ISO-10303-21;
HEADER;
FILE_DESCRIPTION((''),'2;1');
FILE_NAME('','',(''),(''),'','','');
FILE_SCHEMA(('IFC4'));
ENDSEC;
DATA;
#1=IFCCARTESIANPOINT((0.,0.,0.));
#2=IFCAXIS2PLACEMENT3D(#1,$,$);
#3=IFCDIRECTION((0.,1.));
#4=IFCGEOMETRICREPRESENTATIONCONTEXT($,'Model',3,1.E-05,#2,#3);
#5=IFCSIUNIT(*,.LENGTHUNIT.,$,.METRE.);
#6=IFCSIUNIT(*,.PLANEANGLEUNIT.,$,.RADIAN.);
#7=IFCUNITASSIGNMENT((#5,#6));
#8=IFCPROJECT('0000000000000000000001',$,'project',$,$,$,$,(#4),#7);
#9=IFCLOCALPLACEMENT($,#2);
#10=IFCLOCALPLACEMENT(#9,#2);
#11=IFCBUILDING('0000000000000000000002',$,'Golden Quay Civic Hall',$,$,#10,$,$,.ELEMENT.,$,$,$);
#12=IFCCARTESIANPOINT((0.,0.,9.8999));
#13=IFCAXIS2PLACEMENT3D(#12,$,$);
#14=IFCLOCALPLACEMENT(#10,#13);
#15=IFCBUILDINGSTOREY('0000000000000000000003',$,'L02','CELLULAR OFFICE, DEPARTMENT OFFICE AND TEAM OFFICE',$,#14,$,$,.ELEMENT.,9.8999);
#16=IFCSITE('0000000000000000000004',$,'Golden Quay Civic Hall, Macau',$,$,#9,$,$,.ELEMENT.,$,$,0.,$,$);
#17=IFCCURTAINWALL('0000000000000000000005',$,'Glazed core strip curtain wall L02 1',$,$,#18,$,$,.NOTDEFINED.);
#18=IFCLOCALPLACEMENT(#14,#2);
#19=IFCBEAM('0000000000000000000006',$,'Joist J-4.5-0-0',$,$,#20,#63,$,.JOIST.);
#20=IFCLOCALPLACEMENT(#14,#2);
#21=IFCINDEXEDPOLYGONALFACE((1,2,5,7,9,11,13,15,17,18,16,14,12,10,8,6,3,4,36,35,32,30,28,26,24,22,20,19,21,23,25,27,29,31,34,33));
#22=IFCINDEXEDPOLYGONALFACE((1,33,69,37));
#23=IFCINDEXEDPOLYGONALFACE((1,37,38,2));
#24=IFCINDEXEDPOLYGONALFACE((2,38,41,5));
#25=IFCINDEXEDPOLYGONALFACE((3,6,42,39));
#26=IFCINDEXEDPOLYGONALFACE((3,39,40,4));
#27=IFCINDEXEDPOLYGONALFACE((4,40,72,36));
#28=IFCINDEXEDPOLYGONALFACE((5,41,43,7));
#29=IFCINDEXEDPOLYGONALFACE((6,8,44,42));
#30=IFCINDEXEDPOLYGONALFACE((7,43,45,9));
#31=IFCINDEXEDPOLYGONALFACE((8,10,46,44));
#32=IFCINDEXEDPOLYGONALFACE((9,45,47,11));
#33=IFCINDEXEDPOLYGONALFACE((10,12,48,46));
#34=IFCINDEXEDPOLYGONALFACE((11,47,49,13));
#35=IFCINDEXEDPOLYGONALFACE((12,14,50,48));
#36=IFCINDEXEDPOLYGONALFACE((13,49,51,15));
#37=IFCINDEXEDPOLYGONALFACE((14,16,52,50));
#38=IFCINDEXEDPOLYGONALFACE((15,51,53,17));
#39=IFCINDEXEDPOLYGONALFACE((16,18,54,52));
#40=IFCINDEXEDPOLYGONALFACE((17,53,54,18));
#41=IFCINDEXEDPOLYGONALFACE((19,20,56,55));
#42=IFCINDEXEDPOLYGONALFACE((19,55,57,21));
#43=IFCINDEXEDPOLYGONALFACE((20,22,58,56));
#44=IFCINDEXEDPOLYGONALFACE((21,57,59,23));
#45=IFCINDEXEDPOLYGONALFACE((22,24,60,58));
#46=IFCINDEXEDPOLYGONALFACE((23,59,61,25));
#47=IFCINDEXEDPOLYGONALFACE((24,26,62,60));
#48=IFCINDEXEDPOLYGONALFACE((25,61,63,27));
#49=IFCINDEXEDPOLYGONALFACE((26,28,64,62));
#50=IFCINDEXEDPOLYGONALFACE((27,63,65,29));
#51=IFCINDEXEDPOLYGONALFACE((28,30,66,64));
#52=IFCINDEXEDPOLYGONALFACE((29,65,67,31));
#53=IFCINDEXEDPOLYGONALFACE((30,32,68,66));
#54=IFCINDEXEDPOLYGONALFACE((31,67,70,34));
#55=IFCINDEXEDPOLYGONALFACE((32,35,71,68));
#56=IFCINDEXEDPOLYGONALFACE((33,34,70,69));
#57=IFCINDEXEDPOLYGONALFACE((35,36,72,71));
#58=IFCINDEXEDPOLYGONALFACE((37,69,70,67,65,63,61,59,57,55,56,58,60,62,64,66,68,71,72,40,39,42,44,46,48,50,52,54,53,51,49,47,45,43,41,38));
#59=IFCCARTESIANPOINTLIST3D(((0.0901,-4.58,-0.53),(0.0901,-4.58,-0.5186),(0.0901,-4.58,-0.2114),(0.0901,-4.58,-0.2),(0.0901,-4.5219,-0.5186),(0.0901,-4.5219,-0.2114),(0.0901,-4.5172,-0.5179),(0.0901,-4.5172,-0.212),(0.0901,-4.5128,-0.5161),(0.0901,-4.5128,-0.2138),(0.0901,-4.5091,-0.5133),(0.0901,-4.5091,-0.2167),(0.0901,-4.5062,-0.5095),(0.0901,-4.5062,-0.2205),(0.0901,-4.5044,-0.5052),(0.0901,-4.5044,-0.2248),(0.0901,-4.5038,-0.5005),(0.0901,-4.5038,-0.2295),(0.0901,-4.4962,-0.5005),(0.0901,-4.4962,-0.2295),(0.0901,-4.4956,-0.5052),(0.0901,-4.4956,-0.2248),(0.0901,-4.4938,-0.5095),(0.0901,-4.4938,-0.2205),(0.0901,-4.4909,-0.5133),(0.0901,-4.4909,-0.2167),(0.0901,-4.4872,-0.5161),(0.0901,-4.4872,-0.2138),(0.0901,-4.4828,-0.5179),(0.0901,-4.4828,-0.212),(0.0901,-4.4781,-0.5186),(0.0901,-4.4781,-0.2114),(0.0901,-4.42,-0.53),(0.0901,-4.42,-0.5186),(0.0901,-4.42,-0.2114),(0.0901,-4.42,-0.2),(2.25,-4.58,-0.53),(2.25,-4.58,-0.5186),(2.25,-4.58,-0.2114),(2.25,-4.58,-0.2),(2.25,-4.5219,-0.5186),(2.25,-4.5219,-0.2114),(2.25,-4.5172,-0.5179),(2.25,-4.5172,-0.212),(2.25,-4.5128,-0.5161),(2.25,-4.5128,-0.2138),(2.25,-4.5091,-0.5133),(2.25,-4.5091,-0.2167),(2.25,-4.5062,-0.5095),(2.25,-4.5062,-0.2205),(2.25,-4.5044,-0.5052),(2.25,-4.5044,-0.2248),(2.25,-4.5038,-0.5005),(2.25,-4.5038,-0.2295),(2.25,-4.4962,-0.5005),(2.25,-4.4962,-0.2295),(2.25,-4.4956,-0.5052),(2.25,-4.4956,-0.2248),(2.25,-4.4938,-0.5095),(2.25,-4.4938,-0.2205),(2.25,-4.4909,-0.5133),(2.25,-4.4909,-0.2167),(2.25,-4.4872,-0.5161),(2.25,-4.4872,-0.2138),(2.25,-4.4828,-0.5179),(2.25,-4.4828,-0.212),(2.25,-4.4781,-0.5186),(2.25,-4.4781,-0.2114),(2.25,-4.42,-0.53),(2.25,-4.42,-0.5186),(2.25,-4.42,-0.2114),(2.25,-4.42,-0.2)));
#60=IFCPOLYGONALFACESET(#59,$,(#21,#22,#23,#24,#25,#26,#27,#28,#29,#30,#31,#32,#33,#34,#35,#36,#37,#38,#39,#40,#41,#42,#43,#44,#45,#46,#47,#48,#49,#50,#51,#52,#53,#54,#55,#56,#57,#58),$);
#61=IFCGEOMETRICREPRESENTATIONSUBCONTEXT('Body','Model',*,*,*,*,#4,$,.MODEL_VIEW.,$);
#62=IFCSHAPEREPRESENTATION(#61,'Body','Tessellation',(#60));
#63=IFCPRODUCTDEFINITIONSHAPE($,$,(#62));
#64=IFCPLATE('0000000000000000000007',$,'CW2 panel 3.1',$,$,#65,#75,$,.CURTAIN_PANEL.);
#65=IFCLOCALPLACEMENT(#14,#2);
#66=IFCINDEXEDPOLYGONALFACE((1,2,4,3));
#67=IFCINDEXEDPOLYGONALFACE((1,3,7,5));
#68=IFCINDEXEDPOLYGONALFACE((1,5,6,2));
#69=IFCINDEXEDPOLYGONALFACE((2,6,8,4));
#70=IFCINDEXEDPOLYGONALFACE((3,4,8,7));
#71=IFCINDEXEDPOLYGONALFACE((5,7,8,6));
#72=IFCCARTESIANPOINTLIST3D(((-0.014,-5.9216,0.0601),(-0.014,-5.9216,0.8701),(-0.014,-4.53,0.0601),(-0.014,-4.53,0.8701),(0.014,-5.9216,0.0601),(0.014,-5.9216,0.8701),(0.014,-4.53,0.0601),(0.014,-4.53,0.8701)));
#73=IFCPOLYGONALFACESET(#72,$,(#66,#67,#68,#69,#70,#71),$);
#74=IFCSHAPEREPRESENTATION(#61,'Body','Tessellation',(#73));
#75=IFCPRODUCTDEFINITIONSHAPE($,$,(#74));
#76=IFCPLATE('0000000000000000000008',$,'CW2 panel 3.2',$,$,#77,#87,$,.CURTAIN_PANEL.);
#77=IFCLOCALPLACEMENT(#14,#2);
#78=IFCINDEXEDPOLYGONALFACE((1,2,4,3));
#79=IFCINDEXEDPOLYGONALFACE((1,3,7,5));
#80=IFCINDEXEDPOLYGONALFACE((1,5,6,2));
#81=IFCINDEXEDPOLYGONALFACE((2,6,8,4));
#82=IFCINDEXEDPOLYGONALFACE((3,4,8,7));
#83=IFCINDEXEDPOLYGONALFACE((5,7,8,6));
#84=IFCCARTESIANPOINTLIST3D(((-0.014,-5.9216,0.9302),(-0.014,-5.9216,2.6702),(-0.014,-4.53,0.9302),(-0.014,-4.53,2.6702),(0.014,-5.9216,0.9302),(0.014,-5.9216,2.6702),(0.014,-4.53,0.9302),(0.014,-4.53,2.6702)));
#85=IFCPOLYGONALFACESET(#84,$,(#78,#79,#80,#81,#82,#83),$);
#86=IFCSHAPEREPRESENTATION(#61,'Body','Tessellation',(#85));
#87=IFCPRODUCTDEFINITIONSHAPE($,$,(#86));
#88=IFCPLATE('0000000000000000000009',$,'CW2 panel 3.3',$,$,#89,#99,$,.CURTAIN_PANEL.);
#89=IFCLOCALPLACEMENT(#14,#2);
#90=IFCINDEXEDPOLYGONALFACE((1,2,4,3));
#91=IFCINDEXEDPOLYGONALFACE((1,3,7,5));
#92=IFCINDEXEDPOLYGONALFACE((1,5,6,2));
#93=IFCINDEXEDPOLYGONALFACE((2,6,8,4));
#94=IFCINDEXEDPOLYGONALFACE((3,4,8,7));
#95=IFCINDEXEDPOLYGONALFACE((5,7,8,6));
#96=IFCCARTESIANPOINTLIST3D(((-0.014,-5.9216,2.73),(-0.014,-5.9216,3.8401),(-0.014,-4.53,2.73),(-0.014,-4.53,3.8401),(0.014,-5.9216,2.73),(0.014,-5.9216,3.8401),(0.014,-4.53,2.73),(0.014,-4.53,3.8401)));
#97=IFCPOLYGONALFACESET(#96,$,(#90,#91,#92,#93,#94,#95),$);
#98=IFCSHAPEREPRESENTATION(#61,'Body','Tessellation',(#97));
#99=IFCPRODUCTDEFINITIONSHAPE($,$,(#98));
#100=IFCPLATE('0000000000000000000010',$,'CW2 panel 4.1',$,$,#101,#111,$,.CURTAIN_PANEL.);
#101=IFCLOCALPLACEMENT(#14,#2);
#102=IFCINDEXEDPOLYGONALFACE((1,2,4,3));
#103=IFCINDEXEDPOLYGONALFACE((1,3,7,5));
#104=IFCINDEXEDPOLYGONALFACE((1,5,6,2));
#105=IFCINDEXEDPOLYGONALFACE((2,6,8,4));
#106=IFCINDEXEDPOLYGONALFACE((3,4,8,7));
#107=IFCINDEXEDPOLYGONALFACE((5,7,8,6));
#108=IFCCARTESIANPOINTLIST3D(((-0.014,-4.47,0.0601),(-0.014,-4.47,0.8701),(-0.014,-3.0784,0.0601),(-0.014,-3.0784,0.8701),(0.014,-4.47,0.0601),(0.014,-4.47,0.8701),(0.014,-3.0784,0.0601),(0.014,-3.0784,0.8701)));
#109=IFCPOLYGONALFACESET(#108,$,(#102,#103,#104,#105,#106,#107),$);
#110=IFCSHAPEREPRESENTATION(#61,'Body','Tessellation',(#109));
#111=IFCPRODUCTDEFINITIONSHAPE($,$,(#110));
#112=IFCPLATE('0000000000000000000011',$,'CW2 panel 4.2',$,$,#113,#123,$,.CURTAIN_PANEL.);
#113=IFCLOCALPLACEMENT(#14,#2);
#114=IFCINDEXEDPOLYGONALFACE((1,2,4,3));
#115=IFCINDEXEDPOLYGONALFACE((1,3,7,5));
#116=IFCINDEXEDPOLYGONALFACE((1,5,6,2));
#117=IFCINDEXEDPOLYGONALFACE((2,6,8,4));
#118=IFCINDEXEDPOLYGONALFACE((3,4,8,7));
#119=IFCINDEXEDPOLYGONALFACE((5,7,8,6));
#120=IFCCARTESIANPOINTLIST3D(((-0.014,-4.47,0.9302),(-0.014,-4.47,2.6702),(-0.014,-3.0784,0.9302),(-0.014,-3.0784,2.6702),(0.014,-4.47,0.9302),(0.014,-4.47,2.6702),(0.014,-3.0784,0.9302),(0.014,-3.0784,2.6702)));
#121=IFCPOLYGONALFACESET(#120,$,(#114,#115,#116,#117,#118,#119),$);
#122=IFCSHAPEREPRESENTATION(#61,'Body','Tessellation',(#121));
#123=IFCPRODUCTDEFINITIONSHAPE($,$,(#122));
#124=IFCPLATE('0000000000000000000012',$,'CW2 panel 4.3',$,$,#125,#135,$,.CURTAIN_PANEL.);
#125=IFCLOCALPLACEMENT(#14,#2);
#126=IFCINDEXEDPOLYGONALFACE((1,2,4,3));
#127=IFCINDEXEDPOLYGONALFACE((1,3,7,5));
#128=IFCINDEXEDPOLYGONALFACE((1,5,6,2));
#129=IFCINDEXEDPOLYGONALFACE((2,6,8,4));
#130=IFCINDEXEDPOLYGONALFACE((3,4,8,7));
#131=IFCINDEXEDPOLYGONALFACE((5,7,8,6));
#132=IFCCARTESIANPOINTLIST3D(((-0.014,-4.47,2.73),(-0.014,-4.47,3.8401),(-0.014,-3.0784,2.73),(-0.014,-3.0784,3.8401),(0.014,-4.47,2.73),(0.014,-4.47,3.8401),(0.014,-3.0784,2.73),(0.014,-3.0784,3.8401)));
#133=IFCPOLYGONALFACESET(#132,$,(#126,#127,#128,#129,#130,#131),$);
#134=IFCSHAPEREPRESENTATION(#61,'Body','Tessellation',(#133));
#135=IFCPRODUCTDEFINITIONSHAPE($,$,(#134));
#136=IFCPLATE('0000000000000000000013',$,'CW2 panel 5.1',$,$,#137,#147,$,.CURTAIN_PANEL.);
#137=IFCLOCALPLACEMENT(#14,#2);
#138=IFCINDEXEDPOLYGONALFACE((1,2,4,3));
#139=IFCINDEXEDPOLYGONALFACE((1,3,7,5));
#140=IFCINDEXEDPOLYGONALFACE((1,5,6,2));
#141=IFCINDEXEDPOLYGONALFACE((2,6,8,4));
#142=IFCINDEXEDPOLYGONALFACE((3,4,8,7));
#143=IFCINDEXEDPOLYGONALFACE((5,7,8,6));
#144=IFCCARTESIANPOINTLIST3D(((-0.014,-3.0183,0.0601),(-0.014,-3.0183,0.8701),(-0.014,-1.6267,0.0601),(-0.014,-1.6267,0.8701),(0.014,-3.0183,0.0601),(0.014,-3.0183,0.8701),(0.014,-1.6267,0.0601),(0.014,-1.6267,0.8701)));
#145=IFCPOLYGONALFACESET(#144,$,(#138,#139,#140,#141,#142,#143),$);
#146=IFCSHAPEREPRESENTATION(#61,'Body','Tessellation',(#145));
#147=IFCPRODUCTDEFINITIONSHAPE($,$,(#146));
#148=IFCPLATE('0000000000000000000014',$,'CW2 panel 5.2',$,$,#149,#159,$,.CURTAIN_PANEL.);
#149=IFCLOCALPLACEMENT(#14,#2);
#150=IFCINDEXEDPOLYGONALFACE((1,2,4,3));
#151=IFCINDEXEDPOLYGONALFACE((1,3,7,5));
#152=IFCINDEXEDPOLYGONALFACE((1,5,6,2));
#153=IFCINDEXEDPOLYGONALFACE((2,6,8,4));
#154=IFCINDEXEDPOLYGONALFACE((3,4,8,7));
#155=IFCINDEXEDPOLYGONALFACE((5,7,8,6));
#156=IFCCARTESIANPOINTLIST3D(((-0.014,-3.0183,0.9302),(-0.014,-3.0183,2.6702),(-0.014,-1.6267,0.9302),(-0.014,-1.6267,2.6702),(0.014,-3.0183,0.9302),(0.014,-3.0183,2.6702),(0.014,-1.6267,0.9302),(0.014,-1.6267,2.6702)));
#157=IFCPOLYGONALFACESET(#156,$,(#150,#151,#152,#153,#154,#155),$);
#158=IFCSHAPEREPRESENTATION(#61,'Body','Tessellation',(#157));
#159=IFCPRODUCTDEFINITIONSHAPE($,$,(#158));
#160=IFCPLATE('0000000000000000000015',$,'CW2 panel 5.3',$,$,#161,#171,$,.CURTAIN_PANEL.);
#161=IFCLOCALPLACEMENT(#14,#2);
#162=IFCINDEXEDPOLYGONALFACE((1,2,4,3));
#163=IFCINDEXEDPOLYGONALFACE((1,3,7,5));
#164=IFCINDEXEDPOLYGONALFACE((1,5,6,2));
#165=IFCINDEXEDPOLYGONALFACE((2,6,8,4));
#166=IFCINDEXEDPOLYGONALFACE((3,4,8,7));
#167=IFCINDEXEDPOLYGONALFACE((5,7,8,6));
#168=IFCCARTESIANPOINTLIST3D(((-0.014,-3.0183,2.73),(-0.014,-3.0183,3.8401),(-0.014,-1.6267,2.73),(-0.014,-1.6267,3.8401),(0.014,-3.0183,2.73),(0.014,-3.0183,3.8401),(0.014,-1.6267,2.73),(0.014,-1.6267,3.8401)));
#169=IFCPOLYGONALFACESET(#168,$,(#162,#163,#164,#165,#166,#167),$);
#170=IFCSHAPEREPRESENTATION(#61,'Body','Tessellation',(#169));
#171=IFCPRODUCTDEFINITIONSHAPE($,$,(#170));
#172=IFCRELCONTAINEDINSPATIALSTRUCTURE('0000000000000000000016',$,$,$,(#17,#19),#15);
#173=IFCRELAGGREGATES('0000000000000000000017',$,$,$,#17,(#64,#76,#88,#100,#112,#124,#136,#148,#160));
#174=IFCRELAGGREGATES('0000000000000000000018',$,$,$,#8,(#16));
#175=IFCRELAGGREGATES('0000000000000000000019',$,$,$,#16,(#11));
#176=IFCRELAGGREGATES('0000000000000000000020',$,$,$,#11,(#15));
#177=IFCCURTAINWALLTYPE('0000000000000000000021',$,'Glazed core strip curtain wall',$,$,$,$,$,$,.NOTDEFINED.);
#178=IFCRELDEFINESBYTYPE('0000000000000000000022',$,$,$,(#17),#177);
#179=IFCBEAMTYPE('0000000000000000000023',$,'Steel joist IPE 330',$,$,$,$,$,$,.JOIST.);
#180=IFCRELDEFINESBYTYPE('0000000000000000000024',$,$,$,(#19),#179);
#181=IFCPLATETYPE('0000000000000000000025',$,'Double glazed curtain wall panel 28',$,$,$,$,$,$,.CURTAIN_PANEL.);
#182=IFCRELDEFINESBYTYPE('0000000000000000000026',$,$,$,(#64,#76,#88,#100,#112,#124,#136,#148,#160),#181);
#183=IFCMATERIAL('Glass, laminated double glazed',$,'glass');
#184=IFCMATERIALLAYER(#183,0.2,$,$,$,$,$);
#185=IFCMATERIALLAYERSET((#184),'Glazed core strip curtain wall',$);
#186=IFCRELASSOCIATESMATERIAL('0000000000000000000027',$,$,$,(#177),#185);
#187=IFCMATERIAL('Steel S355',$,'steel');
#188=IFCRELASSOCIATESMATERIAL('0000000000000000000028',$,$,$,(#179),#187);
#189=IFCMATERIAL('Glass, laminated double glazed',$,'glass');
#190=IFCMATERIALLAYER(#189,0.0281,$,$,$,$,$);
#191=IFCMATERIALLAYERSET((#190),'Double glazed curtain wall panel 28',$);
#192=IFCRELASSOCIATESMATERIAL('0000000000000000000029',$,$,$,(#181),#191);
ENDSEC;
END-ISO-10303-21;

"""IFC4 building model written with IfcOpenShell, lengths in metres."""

from ifc_helpers import new_model, si_unit, direction, frame, origin, origin_2d, place, context, subcontext, project, spatial, rectangle, i_section, extrude, material, layer, layer_set, material_profile, profile_set, type_object, element, aggregate, save


model = new_model("IFC4")

# Units and contexts
model_context = context("Model", 3, precision=1e-05, world=origin(), true_north=direction((0.0, 1.0)))
body_context = subcontext(model_context, "Body", "Model", "MODEL_VIEW")
ifc_project = project(units=[si_unit("LENGTHUNIT", "METRE"), si_unit("PLANEANGLEUNIT", "RADIAN")], contexts=[model_context])

# Site, building, storey
site_placement = place(None, origin())
site = spatial("IfcSite", under=ifc_project, at=site_placement, Name="Golden Quay Civic Hall, Macau", CompositionType="ELEMENT", RefElevation=0.0)
building_placement = place(site_placement, origin())
building = spatial("IfcBuilding", under=site, at=building_placement, Name="Golden Quay Civic Hall", CompositionType="ELEMENT")
storey_placement = place(building_placement, frame((0.0, 0.0, 9.8999)))
storey = spatial("IfcBuildingStorey", under=building, at=storey_placement, Name="L02", Description="CELLULAR OFFICE, DEPARTMENT OFFICE AND TEAM OFFICE", CompositionType="ELEMENT", Elevation=9.8999)

# Curtain wall
ifc_material_1 = material(Name="Glass, laminated double glazed", Category="glass")
ifc_layer_1 = layer(ifc_material_1, 0.2)
ifc_layer_set_1 = layer_set([ifc_layer_1], Name="Glazed core strip curtain wall")
curtain_wall_type = type_object("IfcCurtainWallType", Name="Glazed core strip curtain wall", PredefinedType="NOTDEFINED", material=ifc_layer_set_1)
curtain_wall_placement = place(storey_placement, origin())
curtain_wall = element("IfcCurtainWall", 1, at=curtain_wall_placement, inside=storey, type_object=curtain_wall_type, Name="Glazed core strip curtain wall L02 1", PredefinedType="NOTDEFINED")

# Beam
ifc_material_2 = material(Name="Steel S355", Category="steel")
ifc_material_profile_1 = material_profile(ifc_material_2, i_section(OverallWidth=0.1599, OverallDepth=0.3301, WebThickness=0.0076, FlangeThickness=0.0115, FilletRadius=0.0181, at=origin_2d()), Name="IPE 330")
ifc_profile_set_1 = profile_set([ifc_material_profile_1], Name="Steel S355")
beam_type = type_object("IfcBeamType", Name="Steel joist IPE 330", PredefinedType="JOIST", material=ifc_profile_set_1)
beam_placement = place(storey_placement, frame((0.0901, -4.5, -0.365), z_axis=(1.0, 0.0, 0.0), x_axis=(0.0, 1.0, 0.0)))
element("IfcBeam", 2, at=beam_placement, inside=storey, type_object=beam_type, Name="Joist J-4.5-0-0", PredefinedType="JOIST", context=body_context, shape_type="SweptSolid", body=[
    extrude(i_section(OverallWidth=0.1599, OverallDepth=0.3301, WebThickness=0.0076, FlangeThickness=0.0115, FilletRadius=0.0181, at=origin_2d()), origin(), (0.0, 0.0, 1.0), 2.1599),
])

# Plates
ifc_material_3 = material(Name="Glass, laminated double glazed", Category="glass")
ifc_layer_2 = layer(ifc_material_3, 0.0281)
ifc_layer_set_2 = layer_set([ifc_layer_2], Name="Double glazed curtain wall panel 28")
plate_type = type_object("IfcPlateType", Name="Double glazed curtain wall panel 28", PredefinedType="CURTAIN_PANEL", material=ifc_layer_set_2)
plate_1_placement = place(storey_placement, frame((0.0, -5.2258, 0.0601), z_axis=(0.0, 0.0, 1.0), x_axis=(0.0, 1.0, 0.0)))
plate_1 = element("IfcPlate", 3, at=plate_1_placement, type_object=plate_type, Name="CW2 panel 3.1", PredefinedType="CURTAIN_PANEL", context=body_context, shape_type="SweptSolid", body=[
    extrude(rectangle(XDim=1.3916, YDim=0.0281, at=origin_2d()), origin(), (0.0, 0.0, 1.0), 0.8101),
])
plate_2_placement = place(storey_placement, frame((0.0, -5.2258, 0.9302), z_axis=(0.0, 0.0, 1.0), x_axis=(0.0, 1.0, 0.0)))
plate_2 = element("IfcPlate", 4, at=plate_2_placement, type_object=plate_type, Name="CW2 panel 3.2", PredefinedType="CURTAIN_PANEL", context=body_context, shape_type="SweptSolid", body=[
    extrude(rectangle(XDim=1.3916, YDim=0.0281, at=origin_2d()), origin(), (0.0, 0.0, 1.0), 1.74),
])
plate_3_placement = place(storey_placement, frame((0.0, -5.2258, 2.73), z_axis=(0.0, 0.0, 1.0), x_axis=(0.0, 1.0, 0.0)))
plate_3 = element("IfcPlate", 5, at=plate_3_placement, type_object=plate_type, Name="CW2 panel 3.3", PredefinedType="CURTAIN_PANEL", context=body_context, shape_type="SweptSolid", body=[
    extrude(rectangle(XDim=1.3916, YDim=0.0281, at=origin_2d()), origin(), (0.0, 0.0, 1.0), 1.1101),
])
plate_4_placement = place(storey_placement, frame((0.0, -3.7742, 0.0601), z_axis=(0.0, 0.0, 1.0), x_axis=(0.0, 1.0, 0.0)))
plate_4 = element("IfcPlate", 6, at=plate_4_placement, type_object=plate_type, Name="CW2 panel 4.1", PredefinedType="CURTAIN_PANEL", context=body_context, shape_type="SweptSolid", body=[
    extrude(rectangle(XDim=1.3916, YDim=0.0281, at=origin_2d()), origin(), (0.0, 0.0, 1.0), 0.8101),
])
plate_5_placement = place(storey_placement, frame((0.0, -3.7742, 0.9302), z_axis=(0.0, 0.0, 1.0), x_axis=(0.0, 1.0, 0.0)))
plate_5 = element("IfcPlate", 7, at=plate_5_placement, type_object=plate_type, Name="CW2 panel 4.2", PredefinedType="CURTAIN_PANEL", context=body_context, shape_type="SweptSolid", body=[
    extrude(rectangle(XDim=1.3916, YDim=0.0281, at=origin_2d()), origin(), (0.0, 0.0, 1.0), 1.74),
])
plate_6_placement = place(storey_placement, frame((0.0, -3.7742, 2.73), z_axis=(0.0, 0.0, 1.0), x_axis=(0.0, 1.0, 0.0)))
plate_6 = element("IfcPlate", 8, at=plate_6_placement, type_object=plate_type, Name="CW2 panel 4.3", PredefinedType="CURTAIN_PANEL", context=body_context, shape_type="SweptSolid", body=[
    extrude(rectangle(XDim=1.3916, YDim=0.0281, at=origin_2d()), origin(), (0.0, 0.0, 1.0), 1.1101),
])
plate_7_placement = place(storey_placement, frame((0.0, -2.3225, 0.0601), z_axis=(0.0, 0.0, 1.0), x_axis=(0.0, 1.0, 0.0)))
plate_7 = element("IfcPlate", 9, at=plate_7_placement, type_object=plate_type, Name="CW2 panel 5.1", PredefinedType="CURTAIN_PANEL", context=body_context, shape_type="SweptSolid", body=[
    extrude(rectangle(XDim=1.3916, YDim=0.0281, at=origin_2d()), origin(), (0.0, 0.0, 1.0), 0.8101),
])
plate_8_placement = place(storey_placement, frame((0.0, -2.3225, 0.9302), z_axis=(0.0, 0.0, 1.0), x_axis=(0.0, 1.0, 0.0)))
plate_8 = element("IfcPlate", 10, at=plate_8_placement, type_object=plate_type, Name="CW2 panel 5.2", PredefinedType="CURTAIN_PANEL", context=body_context, shape_type="SweptSolid", body=[
    extrude(rectangle(XDim=1.3916, YDim=0.0281, at=origin_2d()), origin(), (0.0, 0.0, 1.0), 1.74),
])
plate_9_placement = place(storey_placement, frame((0.0, -2.3225, 2.73), z_axis=(0.0, 0.0, 1.0), x_axis=(0.0, 1.0, 0.0)))
plate_9 = element("IfcPlate", 11, at=plate_9_placement, type_object=plate_type, Name="CW2 panel 5.3", PredefinedType="CURTAIN_PANEL", context=body_context, shape_type="SweptSolid", body=[
    extrude(rectangle(XDim=1.3916, YDim=0.0281, at=origin_2d()), origin(), (0.0, 0.0, 1.0), 1.1101),
])
aggregate(curtain_wall, [plate_1, plate_2, plate_3, plate_4, plate_5, plate_6, plate_7, plate_8, plate_9])

save(model, "model.ifc")
